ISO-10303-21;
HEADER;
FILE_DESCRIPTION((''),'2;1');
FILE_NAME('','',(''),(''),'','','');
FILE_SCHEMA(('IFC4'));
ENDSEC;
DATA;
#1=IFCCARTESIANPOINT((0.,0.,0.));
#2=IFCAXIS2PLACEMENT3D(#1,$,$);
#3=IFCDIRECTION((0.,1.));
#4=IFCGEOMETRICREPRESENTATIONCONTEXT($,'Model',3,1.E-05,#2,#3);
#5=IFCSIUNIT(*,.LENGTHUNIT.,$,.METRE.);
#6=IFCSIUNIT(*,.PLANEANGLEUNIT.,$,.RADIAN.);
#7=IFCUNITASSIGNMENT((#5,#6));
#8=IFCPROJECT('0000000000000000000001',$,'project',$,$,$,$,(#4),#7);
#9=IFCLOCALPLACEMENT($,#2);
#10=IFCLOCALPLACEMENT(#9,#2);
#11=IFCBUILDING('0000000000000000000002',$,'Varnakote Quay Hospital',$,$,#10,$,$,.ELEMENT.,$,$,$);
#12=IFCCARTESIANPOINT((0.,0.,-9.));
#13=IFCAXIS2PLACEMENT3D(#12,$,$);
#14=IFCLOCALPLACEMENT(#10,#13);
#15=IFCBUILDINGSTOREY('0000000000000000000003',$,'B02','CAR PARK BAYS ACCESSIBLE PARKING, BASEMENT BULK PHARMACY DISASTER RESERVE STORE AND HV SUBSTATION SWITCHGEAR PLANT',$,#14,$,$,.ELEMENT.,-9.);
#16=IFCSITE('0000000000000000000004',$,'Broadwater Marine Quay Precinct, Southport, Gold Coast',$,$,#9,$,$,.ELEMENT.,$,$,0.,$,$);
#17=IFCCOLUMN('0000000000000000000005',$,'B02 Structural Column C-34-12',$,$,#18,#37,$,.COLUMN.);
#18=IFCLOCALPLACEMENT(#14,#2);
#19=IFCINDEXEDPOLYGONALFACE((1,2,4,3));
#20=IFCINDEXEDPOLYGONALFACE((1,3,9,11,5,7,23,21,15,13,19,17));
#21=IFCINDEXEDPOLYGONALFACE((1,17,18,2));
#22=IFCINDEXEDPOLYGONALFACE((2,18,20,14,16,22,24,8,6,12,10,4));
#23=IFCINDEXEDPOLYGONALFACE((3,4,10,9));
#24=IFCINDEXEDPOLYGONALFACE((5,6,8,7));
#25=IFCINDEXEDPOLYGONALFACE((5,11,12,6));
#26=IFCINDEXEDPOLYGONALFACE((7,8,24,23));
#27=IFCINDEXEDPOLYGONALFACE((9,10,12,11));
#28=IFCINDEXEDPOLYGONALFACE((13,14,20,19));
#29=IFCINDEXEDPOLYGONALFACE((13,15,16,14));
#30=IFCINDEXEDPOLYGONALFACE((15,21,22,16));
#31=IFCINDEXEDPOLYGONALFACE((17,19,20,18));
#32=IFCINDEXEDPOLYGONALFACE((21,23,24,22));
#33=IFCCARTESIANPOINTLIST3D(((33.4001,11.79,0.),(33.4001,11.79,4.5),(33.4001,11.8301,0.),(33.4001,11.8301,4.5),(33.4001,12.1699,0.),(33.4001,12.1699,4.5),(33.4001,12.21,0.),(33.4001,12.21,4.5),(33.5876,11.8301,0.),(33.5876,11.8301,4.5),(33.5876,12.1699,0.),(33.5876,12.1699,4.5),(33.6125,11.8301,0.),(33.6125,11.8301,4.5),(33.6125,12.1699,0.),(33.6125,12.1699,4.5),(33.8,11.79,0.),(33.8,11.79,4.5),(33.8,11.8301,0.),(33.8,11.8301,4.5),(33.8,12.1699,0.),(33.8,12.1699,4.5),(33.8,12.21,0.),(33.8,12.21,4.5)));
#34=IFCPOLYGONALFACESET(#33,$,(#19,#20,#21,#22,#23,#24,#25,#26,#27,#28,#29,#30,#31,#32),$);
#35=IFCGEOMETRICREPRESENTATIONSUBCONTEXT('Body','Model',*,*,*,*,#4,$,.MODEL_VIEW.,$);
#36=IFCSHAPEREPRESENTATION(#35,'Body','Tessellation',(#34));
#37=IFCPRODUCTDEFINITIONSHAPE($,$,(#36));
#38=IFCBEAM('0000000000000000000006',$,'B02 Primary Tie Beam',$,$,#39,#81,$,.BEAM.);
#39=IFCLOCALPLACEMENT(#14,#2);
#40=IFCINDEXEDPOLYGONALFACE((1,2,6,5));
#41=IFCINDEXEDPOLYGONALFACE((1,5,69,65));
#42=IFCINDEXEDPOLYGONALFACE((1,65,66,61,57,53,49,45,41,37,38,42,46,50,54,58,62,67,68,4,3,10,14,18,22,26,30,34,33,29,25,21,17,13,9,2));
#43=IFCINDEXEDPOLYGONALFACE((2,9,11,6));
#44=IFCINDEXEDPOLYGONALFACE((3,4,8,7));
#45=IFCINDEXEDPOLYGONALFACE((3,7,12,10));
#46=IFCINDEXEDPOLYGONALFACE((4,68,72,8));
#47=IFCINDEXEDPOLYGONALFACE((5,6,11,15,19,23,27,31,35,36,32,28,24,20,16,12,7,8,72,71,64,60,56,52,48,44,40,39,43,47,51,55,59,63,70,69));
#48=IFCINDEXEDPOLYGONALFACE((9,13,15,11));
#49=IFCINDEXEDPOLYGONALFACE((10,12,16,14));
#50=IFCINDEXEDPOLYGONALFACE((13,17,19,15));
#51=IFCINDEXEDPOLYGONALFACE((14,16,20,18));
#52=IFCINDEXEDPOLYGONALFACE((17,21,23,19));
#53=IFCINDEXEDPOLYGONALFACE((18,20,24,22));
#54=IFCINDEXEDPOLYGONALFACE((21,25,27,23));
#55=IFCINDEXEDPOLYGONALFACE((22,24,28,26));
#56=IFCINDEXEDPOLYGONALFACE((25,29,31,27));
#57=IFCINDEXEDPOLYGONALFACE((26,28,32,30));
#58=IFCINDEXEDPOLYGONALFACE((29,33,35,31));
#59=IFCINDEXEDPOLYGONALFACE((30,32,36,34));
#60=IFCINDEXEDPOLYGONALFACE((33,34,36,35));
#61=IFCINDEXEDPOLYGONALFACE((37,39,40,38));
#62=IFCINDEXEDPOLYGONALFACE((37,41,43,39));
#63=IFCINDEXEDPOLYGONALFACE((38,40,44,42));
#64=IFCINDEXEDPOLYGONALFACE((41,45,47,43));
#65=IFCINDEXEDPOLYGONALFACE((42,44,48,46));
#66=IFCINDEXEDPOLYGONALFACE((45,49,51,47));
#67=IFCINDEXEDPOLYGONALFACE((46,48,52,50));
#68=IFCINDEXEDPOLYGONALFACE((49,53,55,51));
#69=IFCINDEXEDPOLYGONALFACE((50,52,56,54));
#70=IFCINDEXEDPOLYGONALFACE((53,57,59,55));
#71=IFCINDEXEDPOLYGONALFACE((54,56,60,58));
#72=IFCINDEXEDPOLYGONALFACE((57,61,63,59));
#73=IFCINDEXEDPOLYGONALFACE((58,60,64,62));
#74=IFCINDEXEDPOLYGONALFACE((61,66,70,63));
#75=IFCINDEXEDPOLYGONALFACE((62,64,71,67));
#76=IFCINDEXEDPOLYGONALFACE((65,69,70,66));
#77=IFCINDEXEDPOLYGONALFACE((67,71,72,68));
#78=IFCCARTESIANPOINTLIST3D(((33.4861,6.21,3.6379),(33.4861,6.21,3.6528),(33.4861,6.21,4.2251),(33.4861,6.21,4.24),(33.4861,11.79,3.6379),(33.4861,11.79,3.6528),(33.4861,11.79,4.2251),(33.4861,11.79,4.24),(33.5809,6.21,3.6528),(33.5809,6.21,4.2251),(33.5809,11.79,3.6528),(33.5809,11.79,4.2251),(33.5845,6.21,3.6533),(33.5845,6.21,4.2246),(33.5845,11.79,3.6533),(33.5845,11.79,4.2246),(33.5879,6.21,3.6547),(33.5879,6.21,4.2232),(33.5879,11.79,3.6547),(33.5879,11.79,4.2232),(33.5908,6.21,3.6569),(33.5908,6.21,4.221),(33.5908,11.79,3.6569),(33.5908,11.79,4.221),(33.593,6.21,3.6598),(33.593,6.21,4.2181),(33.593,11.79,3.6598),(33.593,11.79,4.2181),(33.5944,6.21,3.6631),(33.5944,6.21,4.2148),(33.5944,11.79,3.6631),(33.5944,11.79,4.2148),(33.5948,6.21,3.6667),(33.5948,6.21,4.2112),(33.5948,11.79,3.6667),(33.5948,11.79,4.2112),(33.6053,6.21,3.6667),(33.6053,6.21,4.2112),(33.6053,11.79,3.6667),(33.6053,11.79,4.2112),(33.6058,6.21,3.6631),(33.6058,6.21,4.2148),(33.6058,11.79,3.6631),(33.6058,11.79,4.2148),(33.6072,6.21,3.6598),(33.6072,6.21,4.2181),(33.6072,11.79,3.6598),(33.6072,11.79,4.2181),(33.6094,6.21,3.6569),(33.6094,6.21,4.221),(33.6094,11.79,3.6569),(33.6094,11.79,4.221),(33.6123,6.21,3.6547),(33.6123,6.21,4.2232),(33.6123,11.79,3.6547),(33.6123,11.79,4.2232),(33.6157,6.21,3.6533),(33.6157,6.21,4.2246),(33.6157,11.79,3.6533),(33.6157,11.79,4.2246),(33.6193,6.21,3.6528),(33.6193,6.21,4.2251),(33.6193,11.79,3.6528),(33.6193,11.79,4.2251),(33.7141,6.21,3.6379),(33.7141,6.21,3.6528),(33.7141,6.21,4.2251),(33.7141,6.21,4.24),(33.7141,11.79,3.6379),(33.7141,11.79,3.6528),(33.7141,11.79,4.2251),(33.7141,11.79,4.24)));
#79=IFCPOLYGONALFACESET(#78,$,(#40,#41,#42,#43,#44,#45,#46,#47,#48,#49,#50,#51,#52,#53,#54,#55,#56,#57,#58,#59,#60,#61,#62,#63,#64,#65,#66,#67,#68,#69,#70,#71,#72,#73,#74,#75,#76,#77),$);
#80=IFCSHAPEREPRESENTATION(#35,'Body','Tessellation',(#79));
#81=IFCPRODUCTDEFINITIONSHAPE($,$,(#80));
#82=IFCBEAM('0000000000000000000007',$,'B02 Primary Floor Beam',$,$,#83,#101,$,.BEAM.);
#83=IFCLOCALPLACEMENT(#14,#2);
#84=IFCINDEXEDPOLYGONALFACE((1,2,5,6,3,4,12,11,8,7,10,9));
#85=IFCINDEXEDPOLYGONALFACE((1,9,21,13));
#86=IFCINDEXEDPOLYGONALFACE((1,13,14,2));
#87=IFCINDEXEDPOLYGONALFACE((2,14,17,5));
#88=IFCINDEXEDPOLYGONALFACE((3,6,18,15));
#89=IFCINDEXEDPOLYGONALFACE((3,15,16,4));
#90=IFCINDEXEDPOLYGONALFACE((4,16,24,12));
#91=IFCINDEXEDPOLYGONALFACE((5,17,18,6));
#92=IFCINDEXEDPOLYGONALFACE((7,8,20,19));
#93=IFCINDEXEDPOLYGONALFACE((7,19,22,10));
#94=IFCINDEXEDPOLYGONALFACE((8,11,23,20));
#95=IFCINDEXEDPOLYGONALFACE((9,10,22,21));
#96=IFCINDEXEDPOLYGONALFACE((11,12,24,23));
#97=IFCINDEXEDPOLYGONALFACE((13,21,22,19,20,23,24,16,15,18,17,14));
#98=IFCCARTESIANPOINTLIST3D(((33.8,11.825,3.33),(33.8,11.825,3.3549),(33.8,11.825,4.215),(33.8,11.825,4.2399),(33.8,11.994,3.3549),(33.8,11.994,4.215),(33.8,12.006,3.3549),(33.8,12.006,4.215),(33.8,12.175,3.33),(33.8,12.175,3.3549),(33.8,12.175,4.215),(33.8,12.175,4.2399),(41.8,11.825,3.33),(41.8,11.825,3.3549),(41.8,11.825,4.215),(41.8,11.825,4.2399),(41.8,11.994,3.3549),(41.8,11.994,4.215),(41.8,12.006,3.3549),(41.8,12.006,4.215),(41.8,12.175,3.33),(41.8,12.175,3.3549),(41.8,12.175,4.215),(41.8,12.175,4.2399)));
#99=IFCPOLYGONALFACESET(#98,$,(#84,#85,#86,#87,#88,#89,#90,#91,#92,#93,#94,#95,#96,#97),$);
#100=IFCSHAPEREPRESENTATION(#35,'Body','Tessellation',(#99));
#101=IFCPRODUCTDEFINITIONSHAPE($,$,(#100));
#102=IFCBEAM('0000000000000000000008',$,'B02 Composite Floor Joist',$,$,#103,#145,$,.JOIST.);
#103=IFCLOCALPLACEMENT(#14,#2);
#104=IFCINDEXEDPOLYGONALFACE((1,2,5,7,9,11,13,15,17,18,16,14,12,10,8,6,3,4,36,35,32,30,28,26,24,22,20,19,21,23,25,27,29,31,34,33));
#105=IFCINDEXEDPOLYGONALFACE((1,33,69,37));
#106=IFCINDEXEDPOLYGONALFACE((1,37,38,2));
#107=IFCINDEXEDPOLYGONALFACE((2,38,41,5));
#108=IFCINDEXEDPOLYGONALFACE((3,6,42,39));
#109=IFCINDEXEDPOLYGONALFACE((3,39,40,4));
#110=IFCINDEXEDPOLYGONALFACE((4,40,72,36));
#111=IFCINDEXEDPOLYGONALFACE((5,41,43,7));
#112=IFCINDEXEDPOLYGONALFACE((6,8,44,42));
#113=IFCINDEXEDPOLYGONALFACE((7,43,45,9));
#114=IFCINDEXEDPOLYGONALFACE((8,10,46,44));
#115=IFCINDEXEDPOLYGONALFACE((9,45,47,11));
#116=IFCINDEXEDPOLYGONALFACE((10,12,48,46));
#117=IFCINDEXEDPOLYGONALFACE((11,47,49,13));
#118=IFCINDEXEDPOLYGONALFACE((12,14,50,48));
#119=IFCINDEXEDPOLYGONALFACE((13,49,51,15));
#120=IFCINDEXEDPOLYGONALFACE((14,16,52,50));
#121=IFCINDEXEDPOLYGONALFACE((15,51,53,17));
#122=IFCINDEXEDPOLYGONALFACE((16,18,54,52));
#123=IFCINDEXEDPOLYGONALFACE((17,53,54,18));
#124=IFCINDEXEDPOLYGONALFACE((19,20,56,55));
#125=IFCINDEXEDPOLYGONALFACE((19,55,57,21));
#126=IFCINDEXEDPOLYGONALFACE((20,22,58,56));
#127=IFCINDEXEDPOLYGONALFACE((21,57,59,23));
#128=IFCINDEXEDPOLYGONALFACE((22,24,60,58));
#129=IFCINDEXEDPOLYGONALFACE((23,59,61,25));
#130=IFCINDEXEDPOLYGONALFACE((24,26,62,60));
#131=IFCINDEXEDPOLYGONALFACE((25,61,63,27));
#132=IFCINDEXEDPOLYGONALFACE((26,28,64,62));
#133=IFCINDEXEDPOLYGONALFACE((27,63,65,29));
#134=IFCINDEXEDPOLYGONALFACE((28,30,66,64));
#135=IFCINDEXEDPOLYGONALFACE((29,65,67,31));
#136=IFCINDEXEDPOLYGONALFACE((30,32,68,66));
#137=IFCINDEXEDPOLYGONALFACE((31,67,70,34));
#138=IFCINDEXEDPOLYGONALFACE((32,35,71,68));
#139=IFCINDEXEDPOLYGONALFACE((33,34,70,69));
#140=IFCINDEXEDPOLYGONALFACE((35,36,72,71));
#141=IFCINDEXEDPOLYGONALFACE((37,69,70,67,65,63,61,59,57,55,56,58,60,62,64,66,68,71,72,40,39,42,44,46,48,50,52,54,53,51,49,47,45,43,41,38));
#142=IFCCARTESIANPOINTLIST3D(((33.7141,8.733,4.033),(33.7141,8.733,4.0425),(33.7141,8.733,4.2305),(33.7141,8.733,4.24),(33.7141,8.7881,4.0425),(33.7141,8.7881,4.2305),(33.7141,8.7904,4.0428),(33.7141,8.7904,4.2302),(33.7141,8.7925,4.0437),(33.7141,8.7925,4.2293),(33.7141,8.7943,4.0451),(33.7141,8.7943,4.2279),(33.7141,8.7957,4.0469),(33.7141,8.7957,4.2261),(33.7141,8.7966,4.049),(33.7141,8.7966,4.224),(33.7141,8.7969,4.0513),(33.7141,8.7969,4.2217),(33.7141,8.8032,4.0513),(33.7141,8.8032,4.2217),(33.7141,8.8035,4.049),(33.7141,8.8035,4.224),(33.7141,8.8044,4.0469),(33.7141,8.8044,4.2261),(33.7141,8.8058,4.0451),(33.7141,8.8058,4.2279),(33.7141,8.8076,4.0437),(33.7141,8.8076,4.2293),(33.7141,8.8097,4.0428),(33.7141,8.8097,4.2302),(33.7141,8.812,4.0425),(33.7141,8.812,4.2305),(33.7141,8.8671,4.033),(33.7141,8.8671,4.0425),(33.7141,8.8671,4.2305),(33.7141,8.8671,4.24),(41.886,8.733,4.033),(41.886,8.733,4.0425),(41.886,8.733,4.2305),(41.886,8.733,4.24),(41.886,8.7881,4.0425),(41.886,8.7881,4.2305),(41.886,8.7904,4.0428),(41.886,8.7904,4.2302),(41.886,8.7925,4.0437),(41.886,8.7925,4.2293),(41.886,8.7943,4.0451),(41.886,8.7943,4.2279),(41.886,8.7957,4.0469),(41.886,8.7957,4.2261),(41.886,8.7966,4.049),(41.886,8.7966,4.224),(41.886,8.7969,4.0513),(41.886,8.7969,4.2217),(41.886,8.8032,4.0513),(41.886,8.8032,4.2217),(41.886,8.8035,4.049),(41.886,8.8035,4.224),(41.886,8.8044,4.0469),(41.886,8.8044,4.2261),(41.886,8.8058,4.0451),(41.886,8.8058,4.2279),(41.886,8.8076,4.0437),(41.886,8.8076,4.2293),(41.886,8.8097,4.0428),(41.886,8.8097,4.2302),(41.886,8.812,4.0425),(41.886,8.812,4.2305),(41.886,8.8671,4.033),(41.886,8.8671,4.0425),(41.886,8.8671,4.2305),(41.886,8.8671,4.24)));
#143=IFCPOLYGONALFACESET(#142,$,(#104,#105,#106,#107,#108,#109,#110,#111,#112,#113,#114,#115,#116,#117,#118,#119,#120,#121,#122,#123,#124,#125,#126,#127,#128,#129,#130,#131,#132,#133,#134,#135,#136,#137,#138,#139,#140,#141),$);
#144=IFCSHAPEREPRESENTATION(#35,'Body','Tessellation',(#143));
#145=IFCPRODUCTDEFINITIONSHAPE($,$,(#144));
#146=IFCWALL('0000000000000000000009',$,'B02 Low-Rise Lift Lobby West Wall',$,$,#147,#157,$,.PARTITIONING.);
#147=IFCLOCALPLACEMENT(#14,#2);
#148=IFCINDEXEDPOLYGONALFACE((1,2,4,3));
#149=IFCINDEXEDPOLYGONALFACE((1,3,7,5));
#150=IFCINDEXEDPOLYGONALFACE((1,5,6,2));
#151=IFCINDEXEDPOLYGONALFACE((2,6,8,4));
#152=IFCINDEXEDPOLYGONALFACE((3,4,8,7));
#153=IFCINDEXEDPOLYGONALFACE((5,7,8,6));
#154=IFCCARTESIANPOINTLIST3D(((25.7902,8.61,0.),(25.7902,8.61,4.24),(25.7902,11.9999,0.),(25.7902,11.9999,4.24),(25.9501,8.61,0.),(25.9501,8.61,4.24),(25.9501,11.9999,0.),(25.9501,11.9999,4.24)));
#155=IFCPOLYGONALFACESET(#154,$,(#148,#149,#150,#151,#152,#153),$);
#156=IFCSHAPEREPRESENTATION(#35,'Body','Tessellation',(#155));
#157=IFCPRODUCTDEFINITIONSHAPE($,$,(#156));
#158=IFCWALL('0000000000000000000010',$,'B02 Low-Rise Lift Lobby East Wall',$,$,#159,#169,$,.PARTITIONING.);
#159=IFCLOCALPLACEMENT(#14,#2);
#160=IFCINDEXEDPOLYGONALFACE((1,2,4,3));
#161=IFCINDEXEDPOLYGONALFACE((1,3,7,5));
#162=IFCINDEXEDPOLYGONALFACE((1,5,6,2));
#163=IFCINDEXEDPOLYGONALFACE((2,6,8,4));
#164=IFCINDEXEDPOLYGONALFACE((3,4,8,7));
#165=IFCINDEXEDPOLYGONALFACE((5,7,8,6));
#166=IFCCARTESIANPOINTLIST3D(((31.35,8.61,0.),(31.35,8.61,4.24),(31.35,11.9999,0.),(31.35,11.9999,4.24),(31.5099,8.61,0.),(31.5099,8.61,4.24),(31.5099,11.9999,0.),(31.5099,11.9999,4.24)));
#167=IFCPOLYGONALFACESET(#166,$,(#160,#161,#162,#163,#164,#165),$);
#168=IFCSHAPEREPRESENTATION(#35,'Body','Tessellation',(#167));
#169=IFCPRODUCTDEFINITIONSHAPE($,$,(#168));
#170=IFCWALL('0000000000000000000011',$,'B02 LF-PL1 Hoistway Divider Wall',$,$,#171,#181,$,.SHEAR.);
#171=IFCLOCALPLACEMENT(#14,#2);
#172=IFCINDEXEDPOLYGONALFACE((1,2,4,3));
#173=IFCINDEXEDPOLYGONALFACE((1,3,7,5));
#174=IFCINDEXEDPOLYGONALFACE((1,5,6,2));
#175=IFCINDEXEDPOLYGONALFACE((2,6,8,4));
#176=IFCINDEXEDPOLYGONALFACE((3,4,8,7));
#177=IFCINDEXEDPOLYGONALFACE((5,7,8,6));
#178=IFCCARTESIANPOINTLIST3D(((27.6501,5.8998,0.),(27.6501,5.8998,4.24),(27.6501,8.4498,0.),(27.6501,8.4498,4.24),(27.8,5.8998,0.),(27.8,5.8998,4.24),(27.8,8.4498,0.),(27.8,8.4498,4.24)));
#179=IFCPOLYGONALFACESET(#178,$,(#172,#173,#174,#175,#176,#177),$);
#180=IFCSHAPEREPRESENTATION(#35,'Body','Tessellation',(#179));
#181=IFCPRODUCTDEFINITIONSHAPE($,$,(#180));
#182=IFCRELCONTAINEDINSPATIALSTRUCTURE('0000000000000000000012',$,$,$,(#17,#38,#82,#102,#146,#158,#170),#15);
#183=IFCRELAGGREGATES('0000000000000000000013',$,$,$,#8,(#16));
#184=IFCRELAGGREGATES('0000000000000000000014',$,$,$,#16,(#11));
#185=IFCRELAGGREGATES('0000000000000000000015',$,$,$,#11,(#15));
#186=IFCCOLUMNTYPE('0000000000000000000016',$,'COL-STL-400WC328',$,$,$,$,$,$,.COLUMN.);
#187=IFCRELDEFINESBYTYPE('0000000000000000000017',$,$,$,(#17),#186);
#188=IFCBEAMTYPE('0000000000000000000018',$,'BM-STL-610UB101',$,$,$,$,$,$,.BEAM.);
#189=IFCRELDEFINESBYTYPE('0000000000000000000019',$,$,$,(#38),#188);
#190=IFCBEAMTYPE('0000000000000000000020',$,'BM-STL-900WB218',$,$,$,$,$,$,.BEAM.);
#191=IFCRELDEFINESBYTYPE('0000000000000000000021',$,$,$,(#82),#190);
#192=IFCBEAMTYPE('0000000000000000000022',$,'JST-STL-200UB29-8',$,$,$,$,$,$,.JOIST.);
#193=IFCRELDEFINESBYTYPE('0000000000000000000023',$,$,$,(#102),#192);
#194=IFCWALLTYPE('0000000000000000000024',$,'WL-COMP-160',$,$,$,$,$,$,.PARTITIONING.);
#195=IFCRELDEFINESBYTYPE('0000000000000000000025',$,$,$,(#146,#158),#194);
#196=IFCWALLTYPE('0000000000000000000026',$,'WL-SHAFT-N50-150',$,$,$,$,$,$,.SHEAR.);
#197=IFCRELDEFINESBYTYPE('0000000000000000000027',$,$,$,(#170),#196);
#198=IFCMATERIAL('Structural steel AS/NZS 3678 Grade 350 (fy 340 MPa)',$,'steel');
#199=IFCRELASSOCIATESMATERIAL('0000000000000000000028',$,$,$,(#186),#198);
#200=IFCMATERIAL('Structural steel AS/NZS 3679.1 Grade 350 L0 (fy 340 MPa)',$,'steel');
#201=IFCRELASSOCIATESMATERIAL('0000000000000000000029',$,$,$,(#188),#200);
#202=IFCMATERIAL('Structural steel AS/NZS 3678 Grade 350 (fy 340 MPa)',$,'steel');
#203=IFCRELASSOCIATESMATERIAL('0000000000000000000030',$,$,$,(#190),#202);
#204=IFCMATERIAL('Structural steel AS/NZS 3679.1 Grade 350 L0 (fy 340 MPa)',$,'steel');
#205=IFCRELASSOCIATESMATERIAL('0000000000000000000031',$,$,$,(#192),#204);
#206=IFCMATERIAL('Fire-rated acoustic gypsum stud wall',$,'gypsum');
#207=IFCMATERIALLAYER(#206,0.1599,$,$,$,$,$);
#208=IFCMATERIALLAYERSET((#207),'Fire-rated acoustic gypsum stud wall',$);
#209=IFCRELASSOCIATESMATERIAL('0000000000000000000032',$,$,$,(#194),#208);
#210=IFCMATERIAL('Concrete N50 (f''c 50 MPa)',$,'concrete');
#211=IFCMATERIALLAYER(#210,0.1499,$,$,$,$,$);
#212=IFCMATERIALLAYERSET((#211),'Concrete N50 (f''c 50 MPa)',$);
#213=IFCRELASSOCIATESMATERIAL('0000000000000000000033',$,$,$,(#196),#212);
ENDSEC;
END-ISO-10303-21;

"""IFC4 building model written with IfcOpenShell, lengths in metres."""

from ifc_helpers import new_model, si_unit, direction, frame, frame_2d, origin, origin_2d, place, context, subcontext, project, spatial, rectangle, i_section, extrude, material, layer, layer_set, material_profile, profile_set, type_object, element, save


model = new_model("IFC4")

# Units and contexts
model_context = context("Model", 3, precision=1e-05, world=origin(), true_north=direction((0.0, 1.0)))
body_context = subcontext(model_context, "Body", "Model", "MODEL_VIEW")
ifc_project = project(units=[si_unit("LENGTHUNIT", "METRE"), si_unit("PLANEANGLEUNIT", "RADIAN")], contexts=[model_context])

# Site, building, storey
site_placement = place(None, origin())
site = spatial("IfcSite", under=ifc_project, at=site_placement, Name="Broadwater Marine Quay Precinct, Southport, Gold Coast", CompositionType="ELEMENT", RefElevation=0.0)
building_placement = place(site_placement, origin())
building = spatial("IfcBuilding", under=site, at=building_placement, Name="Varnakote Quay Hospital", CompositionType="ELEMENT")
storey_placement = place(building_placement, frame((0.0, 0.0, -9.0)))
storey = spatial("IfcBuildingStorey", under=building, at=storey_placement, Name="B02", Description="CAR PARK BAYS ACCESSIBLE PARKING, BASEMENT BULK PHARMACY DISASTER RESERVE STORE AND HV SUBSTATION SWITCHGEAR PLANT", CompositionType="ELEMENT", Elevation=-9.0)

# Column
ifc_material_1 = material(Name="Structural steel AS/NZS 3678 Grade 350 (fy 340 MPa)", Category="steel")
ifc_material_profile_1 = material_profile(ifc_material_1, i_section(OverallWidth=0.3999, OverallDepth=0.4199, WebThickness=0.0249, FlangeThickness=0.04, at=origin_2d()), Name="400WC328")
ifc_profile_set_1 = profile_set([ifc_material_profile_1], Name="Structural steel AS/NZS 3678 Grade 350 (fy 340 MPa)")
column_type = type_object("IfcColumnType", Name="COL-STL-400WC328", PredefinedType="COLUMN", material=ifc_profile_set_1)
for number, where, z_axis, x_axis, name in (
    (1, (33.6001, 12.0, 0.0), (0.0, 0.0, 1.0), (1.0, 0.0, 0.0), "B02 Structural Column C-34-12"),
):
    element("IfcColumn", number, at=place(storey_placement, frame(where, z_axis=z_axis, x_axis=x_axis)), inside=storey, type_object=column_type, Name=name, PredefinedType="COLUMN", context=body_context, shape_type="SweptSolid", body=[
        extrude(i_section(OverallWidth=0.3999, OverallDepth=0.4199, WebThickness=0.0249, FlangeThickness=0.04, at=origin_2d()), origin(), (0.0, 0.0, 1.0), 4.5),
    ])

# Beams
ifc_material_2 = material(Name="Structural steel AS/NZS 3679.1 Grade 350 L0 (fy 340 MPa)", Category="steel")
ifc_material_profile_2 = material_profile(ifc_material_2, i_section(OverallWidth=0.228, OverallDepth=0.6021, WebThickness=0.0105, FlangeThickness=0.0149, FilletRadius=0.0139, at=origin_2d()), Name="610UB101")
ifc_profile_set_2 = profile_set([ifc_material_profile_2], Name="Structural steel AS/NZS 3679.1 Grade 350 L0 (fy 340 MPa)")
beam_type_1 = type_object("IfcBeamType", Name="BM-STL-610UB101", PredefinedType="BEAM", material=ifc_profile_set_2)
beam_1_placement = place(storey_placement, frame((33.6001, 6.21, 3.939), z_axis=(0.0, 1.0, 0.0), x_axis=(-1.0, 0.0, 0.0)))
element("IfcBeam", 2, at=beam_1_placement, inside=storey, type_object=beam_type_1, Name="B02 Primary Tie Beam", PredefinedType="BEAM", context=body_context, shape_type="SweptSolid", body=[
    extrude(i_section(OverallWidth=0.228, OverallDepth=0.6021, WebThickness=0.0105, FlangeThickness=0.0149, FilletRadius=0.0139, at=origin_2d()), origin(), (0.0, 0.0, 1.0), 5.5801),
])
ifc_material_3 = material(Name="Structural steel AS/NZS 3678 Grade 350 (fy 340 MPa)", Category="steel")
ifc_material_profile_3 = material_profile(ifc_material_3, i_section(OverallWidth=0.3501, OverallDepth=0.9099, WebThickness=0.012, FlangeThickness=0.0249, at=origin_2d()), Name="900WB218")
ifc_profile_set_3 = profile_set([ifc_material_profile_3], Name="Structural steel AS/NZS 3678 Grade 350 (fy 340 MPa)")
beam_type_2 = type_object("IfcBeamType", Name="BM-STL-900WB218", PredefinedType="BEAM", material=ifc_profile_set_3)
beam_2_placement = place(storey_placement, frame((33.8, 12.0, 3.7849), z_axis=(1.0, 0.0, 0.0), x_axis=(0.0, 1.0, 0.0)))
element("IfcBeam", 3, at=beam_2_placement, inside=storey, type_object=beam_type_2, Name="B02 Primary Floor Beam", PredefinedType="BEAM", context=body_context, shape_type="SweptSolid", body=[
    extrude(i_section(OverallWidth=0.3501, OverallDepth=0.9099, WebThickness=0.012, FlangeThickness=0.0249, at=origin_2d()), origin(), (0.0, 0.0, 1.0), 8.0),
])
ifc_material_4 = material(Name="Structural steel AS/NZS 3679.1 Grade 350 L0 (fy 340 MPa)", Category="steel")
ifc_material_profile_4 = material_profile(ifc_material_4, i_section(OverallWidth=0.134, OverallDepth=0.207, WebThickness=0.0063, FlangeThickness=0.0095, FilletRadius=0.0088, at=origin_2d()), Name="200UB29.8")
ifc_profile_set_4 = profile_set([ifc_material_profile_4], Name="Structural steel AS/NZS 3679.1 Grade 350 L0 (fy 340 MPa)")
beam_type_3 = type_object("IfcBeamType", Name="JST-STL-200UB29-8", PredefinedType="JOIST", material=ifc_profile_set_4)
beam_3_placement = place(storey_placement, frame((33.7141, 8.8, 4.1365), z_axis=(1.0, 0.0, 0.0), x_axis=(0.0, 1.0, 0.0)))
element("IfcBeam", 4, at=beam_3_placement, inside=storey, type_object=beam_type_3, Name="B02 Composite Floor Joist", PredefinedType="JOIST", context=body_context, shape_type="SweptSolid", body=[
    extrude(i_section(OverallWidth=0.134, OverallDepth=0.207, WebThickness=0.0063, FlangeThickness=0.0095, FilletRadius=0.0088, at=origin_2d()), origin(), (0.0, 0.0, 1.0), 8.1719),
])

# Walls
ifc_material_5 = material(Name="Fire-rated acoustic gypsum stud wall", Category="gypsum")
ifc_layer_1 = layer(ifc_material_5, 0.1599)
ifc_layer_set_1 = layer_set([ifc_layer_1], Name="Fire-rated acoustic gypsum stud wall")
wall_type_1 = type_object("IfcWallType", Name="WL-COMP-160", PredefinedType="PARTITIONING", material=ifc_layer_set_1)
for number, where, z_axis, x_axis, name in (
    (5, (25.8701, 8.6101, 0.0), (0.0, 0.0, 1.0), (0.0, 1.0, 0.0), "B02 Low-Rise Lift Lobby West Wall"),
    (6, (31.4299, 8.6101, 0.0), (0.0, 0.0, 1.0), (0.0, 1.0, 0.0), "B02 Low-Rise Lift Lobby East Wall"),
):
    element("IfcWall", number, at=place(storey_placement, frame(where, z_axis=z_axis, x_axis=x_axis)), inside=storey, type_object=wall_type_1, Name=name, PredefinedType="PARTITIONING", context=body_context, shape_type="SweptSolid", body=[
        extrude(rectangle(XDim=3.3899, YDim=0.1599, at=frame_2d((1.6948, 0.0))), origin(), (0.0, 0.0, 1.0), 4.24),
    ])
ifc_material_6 = material(Name="Concrete N50 (f'c 50 MPa)", Category="concrete")
ifc_layer_2 = layer(ifc_material_6, 0.1499)
ifc_layer_set_2 = layer_set([ifc_layer_2], Name="Concrete N50 (f'c 50 MPa)")
wall_type_2 = type_object("IfcWallType", Name="WL-SHAFT-N50-150", PredefinedType="SHEAR", material=ifc_layer_set_2)
for number, where, z_axis, x_axis, name in (
    (7, (27.7251, 5.8999, 0.0), (0.0, 0.0, 1.0), (0.0, 1.0, 0.0), "B02 LF-PL1 Hoistway Divider Wall"),
):
    element("IfcWall", number, at=place(storey_placement, frame(where, z_axis=z_axis, x_axis=x_axis)), inside=storey, type_object=wall_type_2, Name=name, PredefinedType="SHEAR", context=body_context, shape_type="SweptSolid", body=[
        extrude(rectangle(XDim=2.55, YDim=0.1499, at=frame_2d((1.2749, 0.0))), origin(), (0.0, 0.0, 1.0), 4.24),
    ])

save(model, "model.ifc")
